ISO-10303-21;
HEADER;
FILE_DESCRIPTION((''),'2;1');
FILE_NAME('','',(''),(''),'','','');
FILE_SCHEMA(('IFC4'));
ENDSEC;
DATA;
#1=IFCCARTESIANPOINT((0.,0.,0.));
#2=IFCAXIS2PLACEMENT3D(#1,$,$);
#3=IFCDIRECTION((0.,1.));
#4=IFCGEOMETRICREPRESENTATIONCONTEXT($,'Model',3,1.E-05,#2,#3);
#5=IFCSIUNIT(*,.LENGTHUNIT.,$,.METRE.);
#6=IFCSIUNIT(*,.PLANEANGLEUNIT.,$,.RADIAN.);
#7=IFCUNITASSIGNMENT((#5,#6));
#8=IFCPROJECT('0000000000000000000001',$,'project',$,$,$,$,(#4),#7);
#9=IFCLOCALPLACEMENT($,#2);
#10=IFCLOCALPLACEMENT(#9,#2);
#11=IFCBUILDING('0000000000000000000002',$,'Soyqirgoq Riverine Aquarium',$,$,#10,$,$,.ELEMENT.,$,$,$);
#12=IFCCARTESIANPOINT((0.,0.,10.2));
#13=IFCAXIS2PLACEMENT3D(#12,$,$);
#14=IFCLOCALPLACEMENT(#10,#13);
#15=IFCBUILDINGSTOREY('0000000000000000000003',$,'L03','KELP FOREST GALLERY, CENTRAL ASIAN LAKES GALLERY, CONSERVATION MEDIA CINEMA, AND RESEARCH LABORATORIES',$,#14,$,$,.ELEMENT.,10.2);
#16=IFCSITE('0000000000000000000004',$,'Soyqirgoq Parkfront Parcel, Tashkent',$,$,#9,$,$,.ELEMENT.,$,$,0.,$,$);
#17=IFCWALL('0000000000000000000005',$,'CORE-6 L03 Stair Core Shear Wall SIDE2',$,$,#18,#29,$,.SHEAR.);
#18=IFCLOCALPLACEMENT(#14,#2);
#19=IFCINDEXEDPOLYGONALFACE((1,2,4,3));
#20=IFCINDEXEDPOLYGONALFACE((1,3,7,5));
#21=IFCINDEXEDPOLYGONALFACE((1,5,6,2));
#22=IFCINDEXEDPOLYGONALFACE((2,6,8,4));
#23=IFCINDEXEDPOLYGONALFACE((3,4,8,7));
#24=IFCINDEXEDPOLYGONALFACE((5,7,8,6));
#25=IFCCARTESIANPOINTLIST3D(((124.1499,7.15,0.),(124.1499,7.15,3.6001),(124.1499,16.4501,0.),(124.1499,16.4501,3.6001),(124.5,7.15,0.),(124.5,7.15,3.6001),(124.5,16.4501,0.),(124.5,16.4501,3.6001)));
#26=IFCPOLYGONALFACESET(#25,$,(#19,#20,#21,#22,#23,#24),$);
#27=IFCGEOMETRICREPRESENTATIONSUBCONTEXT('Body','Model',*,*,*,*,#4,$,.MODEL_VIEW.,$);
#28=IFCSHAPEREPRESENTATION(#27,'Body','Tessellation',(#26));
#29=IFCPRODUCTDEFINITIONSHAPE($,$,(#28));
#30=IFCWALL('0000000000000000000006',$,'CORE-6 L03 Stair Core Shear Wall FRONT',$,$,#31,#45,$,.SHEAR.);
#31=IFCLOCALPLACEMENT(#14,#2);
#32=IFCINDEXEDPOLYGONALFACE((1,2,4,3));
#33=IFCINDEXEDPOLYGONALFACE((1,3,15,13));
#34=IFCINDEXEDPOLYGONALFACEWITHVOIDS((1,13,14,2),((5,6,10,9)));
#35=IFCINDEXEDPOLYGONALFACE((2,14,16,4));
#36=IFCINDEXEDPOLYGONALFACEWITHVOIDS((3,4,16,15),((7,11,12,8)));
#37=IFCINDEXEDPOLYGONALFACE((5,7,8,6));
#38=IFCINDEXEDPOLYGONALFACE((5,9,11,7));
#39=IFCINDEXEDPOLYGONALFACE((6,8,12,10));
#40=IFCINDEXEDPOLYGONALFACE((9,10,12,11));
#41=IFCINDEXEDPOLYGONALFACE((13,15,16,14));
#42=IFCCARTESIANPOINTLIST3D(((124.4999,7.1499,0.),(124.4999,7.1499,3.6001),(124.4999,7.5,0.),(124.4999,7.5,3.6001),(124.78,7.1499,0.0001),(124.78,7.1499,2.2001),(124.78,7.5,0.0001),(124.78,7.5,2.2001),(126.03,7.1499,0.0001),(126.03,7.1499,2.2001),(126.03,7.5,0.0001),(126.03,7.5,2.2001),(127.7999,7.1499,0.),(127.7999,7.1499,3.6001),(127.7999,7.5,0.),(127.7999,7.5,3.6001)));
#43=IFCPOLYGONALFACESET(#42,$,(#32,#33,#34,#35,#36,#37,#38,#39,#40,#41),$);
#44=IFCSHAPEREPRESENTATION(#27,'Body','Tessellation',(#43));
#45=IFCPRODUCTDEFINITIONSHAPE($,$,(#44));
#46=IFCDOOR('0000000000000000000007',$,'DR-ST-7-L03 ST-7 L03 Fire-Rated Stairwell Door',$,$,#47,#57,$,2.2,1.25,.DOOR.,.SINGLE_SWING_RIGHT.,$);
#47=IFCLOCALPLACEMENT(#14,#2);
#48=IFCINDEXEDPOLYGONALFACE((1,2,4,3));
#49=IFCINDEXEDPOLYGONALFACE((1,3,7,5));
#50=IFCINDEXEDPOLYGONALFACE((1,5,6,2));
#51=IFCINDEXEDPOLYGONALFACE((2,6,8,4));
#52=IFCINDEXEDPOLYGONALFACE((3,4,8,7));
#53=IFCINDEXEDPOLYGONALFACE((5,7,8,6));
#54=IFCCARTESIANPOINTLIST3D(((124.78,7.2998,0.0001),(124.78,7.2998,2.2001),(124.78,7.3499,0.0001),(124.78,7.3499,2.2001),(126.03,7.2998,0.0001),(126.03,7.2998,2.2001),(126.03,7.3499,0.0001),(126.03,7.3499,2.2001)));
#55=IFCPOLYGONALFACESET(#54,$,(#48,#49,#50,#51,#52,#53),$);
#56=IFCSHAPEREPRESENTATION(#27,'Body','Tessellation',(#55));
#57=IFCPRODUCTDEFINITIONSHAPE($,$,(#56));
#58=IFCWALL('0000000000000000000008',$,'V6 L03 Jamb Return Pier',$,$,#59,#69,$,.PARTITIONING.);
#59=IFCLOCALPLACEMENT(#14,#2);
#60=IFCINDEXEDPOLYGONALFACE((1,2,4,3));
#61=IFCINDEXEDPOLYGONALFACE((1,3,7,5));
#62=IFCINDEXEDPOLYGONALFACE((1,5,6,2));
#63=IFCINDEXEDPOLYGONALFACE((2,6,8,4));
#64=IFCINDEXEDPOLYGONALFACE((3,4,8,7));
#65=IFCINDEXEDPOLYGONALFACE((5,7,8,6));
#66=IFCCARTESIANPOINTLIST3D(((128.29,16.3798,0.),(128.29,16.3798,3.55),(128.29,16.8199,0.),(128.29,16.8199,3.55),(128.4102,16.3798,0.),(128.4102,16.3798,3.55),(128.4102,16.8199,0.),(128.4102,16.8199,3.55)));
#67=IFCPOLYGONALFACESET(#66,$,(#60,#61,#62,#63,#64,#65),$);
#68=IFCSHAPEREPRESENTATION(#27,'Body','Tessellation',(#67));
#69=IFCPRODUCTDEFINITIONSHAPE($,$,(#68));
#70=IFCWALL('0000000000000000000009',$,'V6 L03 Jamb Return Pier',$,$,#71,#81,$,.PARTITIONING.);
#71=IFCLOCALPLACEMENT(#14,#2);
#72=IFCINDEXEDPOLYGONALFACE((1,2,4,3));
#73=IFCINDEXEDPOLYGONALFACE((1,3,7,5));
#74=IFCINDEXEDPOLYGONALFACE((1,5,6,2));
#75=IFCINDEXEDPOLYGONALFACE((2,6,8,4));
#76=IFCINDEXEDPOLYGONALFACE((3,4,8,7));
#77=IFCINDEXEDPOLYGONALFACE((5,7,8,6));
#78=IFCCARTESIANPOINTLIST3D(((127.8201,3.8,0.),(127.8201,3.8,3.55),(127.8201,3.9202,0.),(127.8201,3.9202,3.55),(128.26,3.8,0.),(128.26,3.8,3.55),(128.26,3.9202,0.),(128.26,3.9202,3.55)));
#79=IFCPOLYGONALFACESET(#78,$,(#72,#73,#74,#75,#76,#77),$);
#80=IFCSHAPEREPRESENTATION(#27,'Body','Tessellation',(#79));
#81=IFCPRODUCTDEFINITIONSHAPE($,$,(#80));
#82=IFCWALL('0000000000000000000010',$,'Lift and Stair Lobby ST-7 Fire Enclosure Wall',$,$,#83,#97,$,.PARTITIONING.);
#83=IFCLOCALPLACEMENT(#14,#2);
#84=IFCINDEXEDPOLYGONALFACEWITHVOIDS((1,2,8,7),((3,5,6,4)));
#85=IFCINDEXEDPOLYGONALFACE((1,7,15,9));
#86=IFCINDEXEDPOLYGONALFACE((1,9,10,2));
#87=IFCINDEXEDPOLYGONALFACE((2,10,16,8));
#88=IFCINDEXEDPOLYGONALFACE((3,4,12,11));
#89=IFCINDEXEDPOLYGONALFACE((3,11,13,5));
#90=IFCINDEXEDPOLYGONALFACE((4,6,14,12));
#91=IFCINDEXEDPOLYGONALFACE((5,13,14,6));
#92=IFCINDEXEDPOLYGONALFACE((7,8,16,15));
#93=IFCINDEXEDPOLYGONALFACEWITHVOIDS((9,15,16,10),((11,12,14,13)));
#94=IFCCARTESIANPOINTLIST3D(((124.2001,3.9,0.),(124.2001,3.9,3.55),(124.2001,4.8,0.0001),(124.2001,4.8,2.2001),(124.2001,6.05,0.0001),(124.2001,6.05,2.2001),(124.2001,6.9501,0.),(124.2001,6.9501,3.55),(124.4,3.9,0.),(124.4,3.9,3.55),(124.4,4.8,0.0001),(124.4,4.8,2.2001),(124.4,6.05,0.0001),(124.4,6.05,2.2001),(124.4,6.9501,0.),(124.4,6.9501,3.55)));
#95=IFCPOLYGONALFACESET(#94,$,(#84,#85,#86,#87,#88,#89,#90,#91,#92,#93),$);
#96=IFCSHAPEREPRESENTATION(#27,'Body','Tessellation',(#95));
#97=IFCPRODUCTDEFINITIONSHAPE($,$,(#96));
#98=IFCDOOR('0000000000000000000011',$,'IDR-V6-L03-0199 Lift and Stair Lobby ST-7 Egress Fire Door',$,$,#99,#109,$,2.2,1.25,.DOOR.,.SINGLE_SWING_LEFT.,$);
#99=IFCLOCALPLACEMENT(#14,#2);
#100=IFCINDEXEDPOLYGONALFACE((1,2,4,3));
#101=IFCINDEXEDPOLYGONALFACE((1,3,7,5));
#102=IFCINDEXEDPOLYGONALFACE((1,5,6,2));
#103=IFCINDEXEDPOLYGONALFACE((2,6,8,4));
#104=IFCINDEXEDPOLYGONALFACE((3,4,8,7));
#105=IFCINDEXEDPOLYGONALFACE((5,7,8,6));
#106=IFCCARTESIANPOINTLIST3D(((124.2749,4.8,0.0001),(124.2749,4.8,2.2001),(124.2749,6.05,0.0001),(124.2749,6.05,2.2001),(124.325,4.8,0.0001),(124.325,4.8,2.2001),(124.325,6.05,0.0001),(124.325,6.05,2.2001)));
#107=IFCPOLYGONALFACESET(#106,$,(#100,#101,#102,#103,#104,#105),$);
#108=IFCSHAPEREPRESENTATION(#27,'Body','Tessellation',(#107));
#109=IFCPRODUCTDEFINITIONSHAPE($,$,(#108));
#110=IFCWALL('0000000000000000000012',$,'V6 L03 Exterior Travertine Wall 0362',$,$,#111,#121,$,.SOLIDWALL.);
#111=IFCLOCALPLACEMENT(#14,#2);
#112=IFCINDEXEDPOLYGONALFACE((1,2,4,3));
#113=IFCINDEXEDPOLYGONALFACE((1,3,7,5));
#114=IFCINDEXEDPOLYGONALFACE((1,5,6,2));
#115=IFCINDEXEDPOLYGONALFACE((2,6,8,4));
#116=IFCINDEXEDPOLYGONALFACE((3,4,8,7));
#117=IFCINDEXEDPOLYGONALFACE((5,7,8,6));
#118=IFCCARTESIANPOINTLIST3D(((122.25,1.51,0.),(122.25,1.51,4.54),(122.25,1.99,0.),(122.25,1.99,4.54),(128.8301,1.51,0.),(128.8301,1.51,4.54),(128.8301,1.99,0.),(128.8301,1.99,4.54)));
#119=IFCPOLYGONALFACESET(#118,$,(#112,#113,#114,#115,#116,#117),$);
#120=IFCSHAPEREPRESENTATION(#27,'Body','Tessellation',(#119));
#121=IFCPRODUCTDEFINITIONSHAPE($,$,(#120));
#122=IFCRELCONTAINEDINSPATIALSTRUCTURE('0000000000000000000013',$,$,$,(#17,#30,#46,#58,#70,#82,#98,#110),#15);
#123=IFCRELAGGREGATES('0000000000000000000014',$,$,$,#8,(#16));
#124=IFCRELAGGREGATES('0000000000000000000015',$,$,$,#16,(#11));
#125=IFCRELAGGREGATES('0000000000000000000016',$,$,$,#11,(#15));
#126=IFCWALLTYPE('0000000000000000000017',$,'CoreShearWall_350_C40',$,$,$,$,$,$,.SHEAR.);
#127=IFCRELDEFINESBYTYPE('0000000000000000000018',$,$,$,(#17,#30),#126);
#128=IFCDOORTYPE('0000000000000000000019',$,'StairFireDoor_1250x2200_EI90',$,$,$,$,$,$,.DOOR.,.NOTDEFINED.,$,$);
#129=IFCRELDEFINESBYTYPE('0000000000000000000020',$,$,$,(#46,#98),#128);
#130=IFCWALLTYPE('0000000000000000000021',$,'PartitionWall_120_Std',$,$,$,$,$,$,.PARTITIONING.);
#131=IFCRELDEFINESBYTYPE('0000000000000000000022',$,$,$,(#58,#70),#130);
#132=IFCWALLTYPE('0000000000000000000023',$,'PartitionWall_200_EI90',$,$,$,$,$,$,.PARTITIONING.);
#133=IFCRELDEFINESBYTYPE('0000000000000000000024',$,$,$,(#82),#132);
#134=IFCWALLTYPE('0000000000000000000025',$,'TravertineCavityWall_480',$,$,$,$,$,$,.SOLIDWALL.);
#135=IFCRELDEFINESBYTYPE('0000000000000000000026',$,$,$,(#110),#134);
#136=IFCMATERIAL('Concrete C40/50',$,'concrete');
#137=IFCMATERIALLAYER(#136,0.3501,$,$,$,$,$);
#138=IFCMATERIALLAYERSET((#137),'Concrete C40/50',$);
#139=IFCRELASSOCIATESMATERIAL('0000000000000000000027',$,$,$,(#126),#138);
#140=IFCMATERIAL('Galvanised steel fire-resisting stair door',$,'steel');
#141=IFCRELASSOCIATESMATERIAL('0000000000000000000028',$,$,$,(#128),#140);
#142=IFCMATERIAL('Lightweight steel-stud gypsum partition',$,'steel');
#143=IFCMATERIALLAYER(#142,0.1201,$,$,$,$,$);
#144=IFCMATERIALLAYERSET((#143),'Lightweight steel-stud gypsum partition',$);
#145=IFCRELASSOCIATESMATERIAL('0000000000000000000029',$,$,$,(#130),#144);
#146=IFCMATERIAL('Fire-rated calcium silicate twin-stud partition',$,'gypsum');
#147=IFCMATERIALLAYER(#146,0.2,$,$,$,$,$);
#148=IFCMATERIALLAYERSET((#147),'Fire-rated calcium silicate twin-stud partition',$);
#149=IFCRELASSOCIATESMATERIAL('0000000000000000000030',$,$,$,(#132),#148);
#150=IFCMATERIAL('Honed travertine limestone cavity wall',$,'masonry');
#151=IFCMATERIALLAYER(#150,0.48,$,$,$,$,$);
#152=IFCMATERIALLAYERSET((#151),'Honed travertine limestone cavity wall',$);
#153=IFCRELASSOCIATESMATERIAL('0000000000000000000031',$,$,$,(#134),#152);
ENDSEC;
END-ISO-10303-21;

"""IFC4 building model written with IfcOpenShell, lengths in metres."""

from ifc_helpers import new_model, si_unit, direction, frame, frame_2d, origin, place, context, subcontext, project, spatial, rectangle, extrude, material, layer, layer_set, type_object, element, fill, save


model = new_model("IFC4")

# Units and contexts
model_context = context("Model", 3, precision=1e-05, world=origin(), true_north=direction((0.0, 1.0)))
body_context = subcontext(model_context, "Body", "Model", "MODEL_VIEW")
ifc_project = project(units=[si_unit("LENGTHUNIT", "METRE"), si_unit("PLANEANGLEUNIT", "RADIAN")], contexts=[model_context])

# Site, building, storey
site_placement = place(None, origin())
site = spatial("IfcSite", under=ifc_project, at=site_placement, Name="Soyqirgoq Parkfront Parcel, Tashkent", CompositionType="ELEMENT", RefElevation=0.0)
building_placement = place(site_placement, origin())
building = spatial("IfcBuilding", under=site, at=building_placement, Name="Soyqirgoq Riverine Aquarium", CompositionType="ELEMENT")
storey_placement = place(building_placement, frame((0.0, 0.0, 10.2)))
storey = spatial("IfcBuildingStorey", under=building, at=storey_placement, Name="L03", Description="KELP FOREST GALLERY, CENTRAL ASIAN LAKES GALLERY, CONSERVATION MEDIA CINEMA, AND RESEARCH LABORATORIES", CompositionType="ELEMENT", Elevation=10.2)

# Wall
ifc_material_1 = material(Name="Concrete C40/50", Category="concrete")
ifc_layer_1 = layer(ifc_material_1, 0.3501)
ifc_layer_set_1 = layer_set([ifc_layer_1], Name="Concrete C40/50")
wall_type_1 = type_object("IfcWallType", Name="CoreShearWall_350_C40", PredefinedType="SHEAR", material=ifc_layer_set_1)
wall_1_placement = place(storey_placement, frame((124.325, 16.45, 0.0), z_axis=(0.0, 0.0, 1.0), x_axis=(0.0, -1.0, 0.0)))
element("IfcWall", 1, at=wall_1_placement, inside=storey, type_object=wall_type_1, Name="CORE-6 L03 Stair Core Shear Wall SIDE2", PredefinedType="SHEAR", context=body_context, shape_type="SweptSolid", body=[
    extrude(rectangle(XDim=9.3, YDim=0.3501, at=frame_2d((4.6499, 0.0))), origin(), (0.0, 0.0, 1.0), 3.6001),
])

# Wall, opening, door
wall_2_placement = place(storey_placement, frame((124.5, 7.325, 0.0), z_axis=(0.0, 0.0, 1.0), x_axis=(1.0, 0.0, 0.0)))
wall_2 = element("IfcWall", 2, at=wall_2_placement, inside=storey, type_object=wall_type_1, Name="CORE-6 L03 Stair Core Shear Wall FRONT", PredefinedType="SHEAR", context=body_context, shape_type="SweptSolid", body=[
    extrude(rectangle(XDim=3.3, YDim=0.3501, at=frame_2d((1.6499, 0.0))), origin(), (0.0, 0.0, 1.0), 3.6001),
])
opening_1_placement = place(wall_2_placement, frame((0.28, 0.0, 0.0)))
opening_1 = element("IfcOpeningElement", 3, at=opening_1_placement, cuts=wall_2, PredefinedType="OPENING", context=body_context, shape_type="SweptSolid", body=[
    extrude(rectangle(XDim=1.25, YDim=2.2, at=frame_2d((0.625, 1.1001))), frame((0.0, 0.1851, 0.0), z_axis=(0.0, -1.0, 0.0), x_axis=(1.0, 0.0, 0.0)), (0.0, 0.0, 1.0), 0.3701),
])
ifc_material_2 = material(Name="Galvanised steel fire-resisting stair door", Category="steel")
door_type_1 = type_object("IfcDoorType", Name="StairFireDoor_1250x2200_EI90", OperationType="NOTDEFINED", PredefinedType="DOOR", material=ifc_material_2)
door_1_placement = place(opening_1_placement, origin())
door_1 = element("IfcDoor", 4, at=door_1_placement, inside=storey, type_object=door_type_1, Name="DR-ST-7-L03 ST-7 L03 Fire-Rated Stairwell Door", OperationType="SINGLE_SWING_RIGHT", OverallHeight=2.2, OverallWidth=1.25, PredefinedType="DOOR", context=body_context, shape_type="SweptSolid", body=[
    extrude(rectangle(XDim=1.25, YDim=2.2, at=frame_2d((0.625, 1.1001))), frame((0.0, 0.0249, 0.0), z_axis=(0.0, -1.0, 0.0), x_axis=(1.0, 0.0, 0.0)), (0.0, 0.0, 1.0), 0.05),
])
fill(opening_1, door_1)

# Walls
ifc_material_3 = material(Name="Lightweight steel-stud gypsum partition", Category="steel")
ifc_layer_2 = layer(ifc_material_3, 0.1201)
ifc_layer_set_2 = layer_set([ifc_layer_2], Name="Lightweight steel-stud gypsum partition")
wall_type_2 = type_object("IfcWallType", Name="PartitionWall_120_Std", PredefinedType="PARTITIONING", material=ifc_layer_set_2)
wall_3_placement = place(storey_placement, frame((128.3501, 16.8201, 0.0), z_axis=(0.0, 0.0, 1.0), x_axis=(0.0, -1.0, 0.0)))
element("IfcWall", 5, at=wall_3_placement, inside=storey, type_object=wall_type_2, Name="V6 L03 Jamb Return Pier", PredefinedType="PARTITIONING", context=body_context, shape_type="SweptSolid", body=[
    extrude(rectangle(XDim=0.4402, YDim=0.1201, at=frame_2d((0.2202, 0.0))), origin(), (0.0, 0.0, 1.0), 3.55),
])
wall_4_placement = place(storey_placement, frame((127.8201, 3.8601, 0.0), z_axis=(0.0, 0.0, 1.0), x_axis=(1.0, 0.0, 0.0)))
element("IfcWall", 6, at=wall_4_placement, inside=storey, type_object=wall_type_2, Name="V6 L03 Jamb Return Pier", PredefinedType="PARTITIONING", context=body_context, shape_type="SweptSolid", body=[
    extrude(rectangle(XDim=0.4399, YDim=0.1201, at=frame_2d((0.22, 0.0))), origin(), (0.0, 0.0, 1.0), 3.55),
])

# Wall, opening, door
ifc_material_4 = material(Name="Fire-rated calcium silicate twin-stud partition", Category="gypsum")
ifc_layer_3 = layer(ifc_material_4, 0.2)
ifc_layer_set_3 = layer_set([ifc_layer_3], Name="Fire-rated calcium silicate twin-stud partition")
wall_type_3 = type_object("IfcWallType", Name="PartitionWall_200_EI90", PredefinedType="PARTITIONING", material=ifc_layer_set_3)
wall_5_placement = place(storey_placement, frame((124.3, 6.95, 0.0), z_axis=(0.0, 0.0, 1.0), x_axis=(0.0, -1.0, 0.0)))
wall_5 = element("IfcWall", 7, at=wall_5_placement, inside=storey, type_object=wall_type_3, Name="Lift and Stair Lobby ST-7 Fire Enclosure Wall", PredefinedType="PARTITIONING", context=body_context, shape_type="SweptSolid", body=[
    extrude(rectangle(XDim=3.05, YDim=0.2, at=frame_2d((1.5249, 0.0))), origin(), (0.0, 0.0, 1.0), 3.55),
])
opening_2_placement = place(wall_5_placement, frame((0.8999, 0.0, 0.0)))
opening_2 = element("IfcOpeningElement", 8, at=opening_2_placement, cuts=wall_5, PredefinedType="OPENING", context=body_context, shape_type="SweptSolid", body=[
    extrude(rectangle(XDim=1.25, YDim=2.2, at=frame_2d((0.625, 1.1001))), frame((0.0, 0.1099, 0.0), z_axis=(0.0, -1.0, 0.0), x_axis=(1.0, 0.0, 0.0)), (0.0, 0.0, 1.0), 0.22),
])
door_2_placement = place(opening_2_placement, origin())
door_2 = element("IfcDoor", 9, at=door_2_placement, inside=storey, type_object=door_type_1, Name="IDR-V6-L03-0199 Lift and Stair Lobby ST-7 Egress Fire Door", OperationType="SINGLE_SWING_LEFT", OverallHeight=2.2, OverallWidth=1.25, PredefinedType="DOOR", context=body_context, shape_type="SweptSolid", body=[
    extrude(rectangle(XDim=1.25, YDim=2.2, at=frame_2d((0.625, 1.1001))), frame((0.0, 0.0249, 0.0), z_axis=(0.0, -1.0, 0.0), x_axis=(1.0, 0.0, 0.0)), (0.0, 0.0, 1.0), 0.05),
])
fill(opening_2, door_2)

# Wall
ifc_material_5 = material(Name="Honed travertine limestone cavity wall", Category="masonry")
ifc_layer_4 = layer(ifc_material_5, 0.48)
ifc_layer_set_4 = layer_set([ifc_layer_4], Name="Honed travertine limestone cavity wall")
wall_type_4 = type_object("IfcWallType", Name="TravertineCavityWall_480", PredefinedType="SOLIDWALL", material=ifc_layer_set_4)
wall_6_placement = place(storey_placement, frame((128.8301, 1.75, 0.0), z_axis=(0.0, 0.0, 1.0), x_axis=(-1.0, 0.0, 0.0)))
element("IfcWall", 10, at=wall_6_placement, inside=storey, type_object=wall_type_4, Name="V6 L03 Exterior Travertine Wall 0362", PredefinedType="SOLIDWALL", context=body_context, shape_type="SweptSolid", body=[
    extrude(rectangle(XDim=6.5801, YDim=0.48, at=frame_2d((3.29, 0.0))), origin(), (0.0, 0.0, 1.0), 4.54),
])

save(model, "model.ifc")
